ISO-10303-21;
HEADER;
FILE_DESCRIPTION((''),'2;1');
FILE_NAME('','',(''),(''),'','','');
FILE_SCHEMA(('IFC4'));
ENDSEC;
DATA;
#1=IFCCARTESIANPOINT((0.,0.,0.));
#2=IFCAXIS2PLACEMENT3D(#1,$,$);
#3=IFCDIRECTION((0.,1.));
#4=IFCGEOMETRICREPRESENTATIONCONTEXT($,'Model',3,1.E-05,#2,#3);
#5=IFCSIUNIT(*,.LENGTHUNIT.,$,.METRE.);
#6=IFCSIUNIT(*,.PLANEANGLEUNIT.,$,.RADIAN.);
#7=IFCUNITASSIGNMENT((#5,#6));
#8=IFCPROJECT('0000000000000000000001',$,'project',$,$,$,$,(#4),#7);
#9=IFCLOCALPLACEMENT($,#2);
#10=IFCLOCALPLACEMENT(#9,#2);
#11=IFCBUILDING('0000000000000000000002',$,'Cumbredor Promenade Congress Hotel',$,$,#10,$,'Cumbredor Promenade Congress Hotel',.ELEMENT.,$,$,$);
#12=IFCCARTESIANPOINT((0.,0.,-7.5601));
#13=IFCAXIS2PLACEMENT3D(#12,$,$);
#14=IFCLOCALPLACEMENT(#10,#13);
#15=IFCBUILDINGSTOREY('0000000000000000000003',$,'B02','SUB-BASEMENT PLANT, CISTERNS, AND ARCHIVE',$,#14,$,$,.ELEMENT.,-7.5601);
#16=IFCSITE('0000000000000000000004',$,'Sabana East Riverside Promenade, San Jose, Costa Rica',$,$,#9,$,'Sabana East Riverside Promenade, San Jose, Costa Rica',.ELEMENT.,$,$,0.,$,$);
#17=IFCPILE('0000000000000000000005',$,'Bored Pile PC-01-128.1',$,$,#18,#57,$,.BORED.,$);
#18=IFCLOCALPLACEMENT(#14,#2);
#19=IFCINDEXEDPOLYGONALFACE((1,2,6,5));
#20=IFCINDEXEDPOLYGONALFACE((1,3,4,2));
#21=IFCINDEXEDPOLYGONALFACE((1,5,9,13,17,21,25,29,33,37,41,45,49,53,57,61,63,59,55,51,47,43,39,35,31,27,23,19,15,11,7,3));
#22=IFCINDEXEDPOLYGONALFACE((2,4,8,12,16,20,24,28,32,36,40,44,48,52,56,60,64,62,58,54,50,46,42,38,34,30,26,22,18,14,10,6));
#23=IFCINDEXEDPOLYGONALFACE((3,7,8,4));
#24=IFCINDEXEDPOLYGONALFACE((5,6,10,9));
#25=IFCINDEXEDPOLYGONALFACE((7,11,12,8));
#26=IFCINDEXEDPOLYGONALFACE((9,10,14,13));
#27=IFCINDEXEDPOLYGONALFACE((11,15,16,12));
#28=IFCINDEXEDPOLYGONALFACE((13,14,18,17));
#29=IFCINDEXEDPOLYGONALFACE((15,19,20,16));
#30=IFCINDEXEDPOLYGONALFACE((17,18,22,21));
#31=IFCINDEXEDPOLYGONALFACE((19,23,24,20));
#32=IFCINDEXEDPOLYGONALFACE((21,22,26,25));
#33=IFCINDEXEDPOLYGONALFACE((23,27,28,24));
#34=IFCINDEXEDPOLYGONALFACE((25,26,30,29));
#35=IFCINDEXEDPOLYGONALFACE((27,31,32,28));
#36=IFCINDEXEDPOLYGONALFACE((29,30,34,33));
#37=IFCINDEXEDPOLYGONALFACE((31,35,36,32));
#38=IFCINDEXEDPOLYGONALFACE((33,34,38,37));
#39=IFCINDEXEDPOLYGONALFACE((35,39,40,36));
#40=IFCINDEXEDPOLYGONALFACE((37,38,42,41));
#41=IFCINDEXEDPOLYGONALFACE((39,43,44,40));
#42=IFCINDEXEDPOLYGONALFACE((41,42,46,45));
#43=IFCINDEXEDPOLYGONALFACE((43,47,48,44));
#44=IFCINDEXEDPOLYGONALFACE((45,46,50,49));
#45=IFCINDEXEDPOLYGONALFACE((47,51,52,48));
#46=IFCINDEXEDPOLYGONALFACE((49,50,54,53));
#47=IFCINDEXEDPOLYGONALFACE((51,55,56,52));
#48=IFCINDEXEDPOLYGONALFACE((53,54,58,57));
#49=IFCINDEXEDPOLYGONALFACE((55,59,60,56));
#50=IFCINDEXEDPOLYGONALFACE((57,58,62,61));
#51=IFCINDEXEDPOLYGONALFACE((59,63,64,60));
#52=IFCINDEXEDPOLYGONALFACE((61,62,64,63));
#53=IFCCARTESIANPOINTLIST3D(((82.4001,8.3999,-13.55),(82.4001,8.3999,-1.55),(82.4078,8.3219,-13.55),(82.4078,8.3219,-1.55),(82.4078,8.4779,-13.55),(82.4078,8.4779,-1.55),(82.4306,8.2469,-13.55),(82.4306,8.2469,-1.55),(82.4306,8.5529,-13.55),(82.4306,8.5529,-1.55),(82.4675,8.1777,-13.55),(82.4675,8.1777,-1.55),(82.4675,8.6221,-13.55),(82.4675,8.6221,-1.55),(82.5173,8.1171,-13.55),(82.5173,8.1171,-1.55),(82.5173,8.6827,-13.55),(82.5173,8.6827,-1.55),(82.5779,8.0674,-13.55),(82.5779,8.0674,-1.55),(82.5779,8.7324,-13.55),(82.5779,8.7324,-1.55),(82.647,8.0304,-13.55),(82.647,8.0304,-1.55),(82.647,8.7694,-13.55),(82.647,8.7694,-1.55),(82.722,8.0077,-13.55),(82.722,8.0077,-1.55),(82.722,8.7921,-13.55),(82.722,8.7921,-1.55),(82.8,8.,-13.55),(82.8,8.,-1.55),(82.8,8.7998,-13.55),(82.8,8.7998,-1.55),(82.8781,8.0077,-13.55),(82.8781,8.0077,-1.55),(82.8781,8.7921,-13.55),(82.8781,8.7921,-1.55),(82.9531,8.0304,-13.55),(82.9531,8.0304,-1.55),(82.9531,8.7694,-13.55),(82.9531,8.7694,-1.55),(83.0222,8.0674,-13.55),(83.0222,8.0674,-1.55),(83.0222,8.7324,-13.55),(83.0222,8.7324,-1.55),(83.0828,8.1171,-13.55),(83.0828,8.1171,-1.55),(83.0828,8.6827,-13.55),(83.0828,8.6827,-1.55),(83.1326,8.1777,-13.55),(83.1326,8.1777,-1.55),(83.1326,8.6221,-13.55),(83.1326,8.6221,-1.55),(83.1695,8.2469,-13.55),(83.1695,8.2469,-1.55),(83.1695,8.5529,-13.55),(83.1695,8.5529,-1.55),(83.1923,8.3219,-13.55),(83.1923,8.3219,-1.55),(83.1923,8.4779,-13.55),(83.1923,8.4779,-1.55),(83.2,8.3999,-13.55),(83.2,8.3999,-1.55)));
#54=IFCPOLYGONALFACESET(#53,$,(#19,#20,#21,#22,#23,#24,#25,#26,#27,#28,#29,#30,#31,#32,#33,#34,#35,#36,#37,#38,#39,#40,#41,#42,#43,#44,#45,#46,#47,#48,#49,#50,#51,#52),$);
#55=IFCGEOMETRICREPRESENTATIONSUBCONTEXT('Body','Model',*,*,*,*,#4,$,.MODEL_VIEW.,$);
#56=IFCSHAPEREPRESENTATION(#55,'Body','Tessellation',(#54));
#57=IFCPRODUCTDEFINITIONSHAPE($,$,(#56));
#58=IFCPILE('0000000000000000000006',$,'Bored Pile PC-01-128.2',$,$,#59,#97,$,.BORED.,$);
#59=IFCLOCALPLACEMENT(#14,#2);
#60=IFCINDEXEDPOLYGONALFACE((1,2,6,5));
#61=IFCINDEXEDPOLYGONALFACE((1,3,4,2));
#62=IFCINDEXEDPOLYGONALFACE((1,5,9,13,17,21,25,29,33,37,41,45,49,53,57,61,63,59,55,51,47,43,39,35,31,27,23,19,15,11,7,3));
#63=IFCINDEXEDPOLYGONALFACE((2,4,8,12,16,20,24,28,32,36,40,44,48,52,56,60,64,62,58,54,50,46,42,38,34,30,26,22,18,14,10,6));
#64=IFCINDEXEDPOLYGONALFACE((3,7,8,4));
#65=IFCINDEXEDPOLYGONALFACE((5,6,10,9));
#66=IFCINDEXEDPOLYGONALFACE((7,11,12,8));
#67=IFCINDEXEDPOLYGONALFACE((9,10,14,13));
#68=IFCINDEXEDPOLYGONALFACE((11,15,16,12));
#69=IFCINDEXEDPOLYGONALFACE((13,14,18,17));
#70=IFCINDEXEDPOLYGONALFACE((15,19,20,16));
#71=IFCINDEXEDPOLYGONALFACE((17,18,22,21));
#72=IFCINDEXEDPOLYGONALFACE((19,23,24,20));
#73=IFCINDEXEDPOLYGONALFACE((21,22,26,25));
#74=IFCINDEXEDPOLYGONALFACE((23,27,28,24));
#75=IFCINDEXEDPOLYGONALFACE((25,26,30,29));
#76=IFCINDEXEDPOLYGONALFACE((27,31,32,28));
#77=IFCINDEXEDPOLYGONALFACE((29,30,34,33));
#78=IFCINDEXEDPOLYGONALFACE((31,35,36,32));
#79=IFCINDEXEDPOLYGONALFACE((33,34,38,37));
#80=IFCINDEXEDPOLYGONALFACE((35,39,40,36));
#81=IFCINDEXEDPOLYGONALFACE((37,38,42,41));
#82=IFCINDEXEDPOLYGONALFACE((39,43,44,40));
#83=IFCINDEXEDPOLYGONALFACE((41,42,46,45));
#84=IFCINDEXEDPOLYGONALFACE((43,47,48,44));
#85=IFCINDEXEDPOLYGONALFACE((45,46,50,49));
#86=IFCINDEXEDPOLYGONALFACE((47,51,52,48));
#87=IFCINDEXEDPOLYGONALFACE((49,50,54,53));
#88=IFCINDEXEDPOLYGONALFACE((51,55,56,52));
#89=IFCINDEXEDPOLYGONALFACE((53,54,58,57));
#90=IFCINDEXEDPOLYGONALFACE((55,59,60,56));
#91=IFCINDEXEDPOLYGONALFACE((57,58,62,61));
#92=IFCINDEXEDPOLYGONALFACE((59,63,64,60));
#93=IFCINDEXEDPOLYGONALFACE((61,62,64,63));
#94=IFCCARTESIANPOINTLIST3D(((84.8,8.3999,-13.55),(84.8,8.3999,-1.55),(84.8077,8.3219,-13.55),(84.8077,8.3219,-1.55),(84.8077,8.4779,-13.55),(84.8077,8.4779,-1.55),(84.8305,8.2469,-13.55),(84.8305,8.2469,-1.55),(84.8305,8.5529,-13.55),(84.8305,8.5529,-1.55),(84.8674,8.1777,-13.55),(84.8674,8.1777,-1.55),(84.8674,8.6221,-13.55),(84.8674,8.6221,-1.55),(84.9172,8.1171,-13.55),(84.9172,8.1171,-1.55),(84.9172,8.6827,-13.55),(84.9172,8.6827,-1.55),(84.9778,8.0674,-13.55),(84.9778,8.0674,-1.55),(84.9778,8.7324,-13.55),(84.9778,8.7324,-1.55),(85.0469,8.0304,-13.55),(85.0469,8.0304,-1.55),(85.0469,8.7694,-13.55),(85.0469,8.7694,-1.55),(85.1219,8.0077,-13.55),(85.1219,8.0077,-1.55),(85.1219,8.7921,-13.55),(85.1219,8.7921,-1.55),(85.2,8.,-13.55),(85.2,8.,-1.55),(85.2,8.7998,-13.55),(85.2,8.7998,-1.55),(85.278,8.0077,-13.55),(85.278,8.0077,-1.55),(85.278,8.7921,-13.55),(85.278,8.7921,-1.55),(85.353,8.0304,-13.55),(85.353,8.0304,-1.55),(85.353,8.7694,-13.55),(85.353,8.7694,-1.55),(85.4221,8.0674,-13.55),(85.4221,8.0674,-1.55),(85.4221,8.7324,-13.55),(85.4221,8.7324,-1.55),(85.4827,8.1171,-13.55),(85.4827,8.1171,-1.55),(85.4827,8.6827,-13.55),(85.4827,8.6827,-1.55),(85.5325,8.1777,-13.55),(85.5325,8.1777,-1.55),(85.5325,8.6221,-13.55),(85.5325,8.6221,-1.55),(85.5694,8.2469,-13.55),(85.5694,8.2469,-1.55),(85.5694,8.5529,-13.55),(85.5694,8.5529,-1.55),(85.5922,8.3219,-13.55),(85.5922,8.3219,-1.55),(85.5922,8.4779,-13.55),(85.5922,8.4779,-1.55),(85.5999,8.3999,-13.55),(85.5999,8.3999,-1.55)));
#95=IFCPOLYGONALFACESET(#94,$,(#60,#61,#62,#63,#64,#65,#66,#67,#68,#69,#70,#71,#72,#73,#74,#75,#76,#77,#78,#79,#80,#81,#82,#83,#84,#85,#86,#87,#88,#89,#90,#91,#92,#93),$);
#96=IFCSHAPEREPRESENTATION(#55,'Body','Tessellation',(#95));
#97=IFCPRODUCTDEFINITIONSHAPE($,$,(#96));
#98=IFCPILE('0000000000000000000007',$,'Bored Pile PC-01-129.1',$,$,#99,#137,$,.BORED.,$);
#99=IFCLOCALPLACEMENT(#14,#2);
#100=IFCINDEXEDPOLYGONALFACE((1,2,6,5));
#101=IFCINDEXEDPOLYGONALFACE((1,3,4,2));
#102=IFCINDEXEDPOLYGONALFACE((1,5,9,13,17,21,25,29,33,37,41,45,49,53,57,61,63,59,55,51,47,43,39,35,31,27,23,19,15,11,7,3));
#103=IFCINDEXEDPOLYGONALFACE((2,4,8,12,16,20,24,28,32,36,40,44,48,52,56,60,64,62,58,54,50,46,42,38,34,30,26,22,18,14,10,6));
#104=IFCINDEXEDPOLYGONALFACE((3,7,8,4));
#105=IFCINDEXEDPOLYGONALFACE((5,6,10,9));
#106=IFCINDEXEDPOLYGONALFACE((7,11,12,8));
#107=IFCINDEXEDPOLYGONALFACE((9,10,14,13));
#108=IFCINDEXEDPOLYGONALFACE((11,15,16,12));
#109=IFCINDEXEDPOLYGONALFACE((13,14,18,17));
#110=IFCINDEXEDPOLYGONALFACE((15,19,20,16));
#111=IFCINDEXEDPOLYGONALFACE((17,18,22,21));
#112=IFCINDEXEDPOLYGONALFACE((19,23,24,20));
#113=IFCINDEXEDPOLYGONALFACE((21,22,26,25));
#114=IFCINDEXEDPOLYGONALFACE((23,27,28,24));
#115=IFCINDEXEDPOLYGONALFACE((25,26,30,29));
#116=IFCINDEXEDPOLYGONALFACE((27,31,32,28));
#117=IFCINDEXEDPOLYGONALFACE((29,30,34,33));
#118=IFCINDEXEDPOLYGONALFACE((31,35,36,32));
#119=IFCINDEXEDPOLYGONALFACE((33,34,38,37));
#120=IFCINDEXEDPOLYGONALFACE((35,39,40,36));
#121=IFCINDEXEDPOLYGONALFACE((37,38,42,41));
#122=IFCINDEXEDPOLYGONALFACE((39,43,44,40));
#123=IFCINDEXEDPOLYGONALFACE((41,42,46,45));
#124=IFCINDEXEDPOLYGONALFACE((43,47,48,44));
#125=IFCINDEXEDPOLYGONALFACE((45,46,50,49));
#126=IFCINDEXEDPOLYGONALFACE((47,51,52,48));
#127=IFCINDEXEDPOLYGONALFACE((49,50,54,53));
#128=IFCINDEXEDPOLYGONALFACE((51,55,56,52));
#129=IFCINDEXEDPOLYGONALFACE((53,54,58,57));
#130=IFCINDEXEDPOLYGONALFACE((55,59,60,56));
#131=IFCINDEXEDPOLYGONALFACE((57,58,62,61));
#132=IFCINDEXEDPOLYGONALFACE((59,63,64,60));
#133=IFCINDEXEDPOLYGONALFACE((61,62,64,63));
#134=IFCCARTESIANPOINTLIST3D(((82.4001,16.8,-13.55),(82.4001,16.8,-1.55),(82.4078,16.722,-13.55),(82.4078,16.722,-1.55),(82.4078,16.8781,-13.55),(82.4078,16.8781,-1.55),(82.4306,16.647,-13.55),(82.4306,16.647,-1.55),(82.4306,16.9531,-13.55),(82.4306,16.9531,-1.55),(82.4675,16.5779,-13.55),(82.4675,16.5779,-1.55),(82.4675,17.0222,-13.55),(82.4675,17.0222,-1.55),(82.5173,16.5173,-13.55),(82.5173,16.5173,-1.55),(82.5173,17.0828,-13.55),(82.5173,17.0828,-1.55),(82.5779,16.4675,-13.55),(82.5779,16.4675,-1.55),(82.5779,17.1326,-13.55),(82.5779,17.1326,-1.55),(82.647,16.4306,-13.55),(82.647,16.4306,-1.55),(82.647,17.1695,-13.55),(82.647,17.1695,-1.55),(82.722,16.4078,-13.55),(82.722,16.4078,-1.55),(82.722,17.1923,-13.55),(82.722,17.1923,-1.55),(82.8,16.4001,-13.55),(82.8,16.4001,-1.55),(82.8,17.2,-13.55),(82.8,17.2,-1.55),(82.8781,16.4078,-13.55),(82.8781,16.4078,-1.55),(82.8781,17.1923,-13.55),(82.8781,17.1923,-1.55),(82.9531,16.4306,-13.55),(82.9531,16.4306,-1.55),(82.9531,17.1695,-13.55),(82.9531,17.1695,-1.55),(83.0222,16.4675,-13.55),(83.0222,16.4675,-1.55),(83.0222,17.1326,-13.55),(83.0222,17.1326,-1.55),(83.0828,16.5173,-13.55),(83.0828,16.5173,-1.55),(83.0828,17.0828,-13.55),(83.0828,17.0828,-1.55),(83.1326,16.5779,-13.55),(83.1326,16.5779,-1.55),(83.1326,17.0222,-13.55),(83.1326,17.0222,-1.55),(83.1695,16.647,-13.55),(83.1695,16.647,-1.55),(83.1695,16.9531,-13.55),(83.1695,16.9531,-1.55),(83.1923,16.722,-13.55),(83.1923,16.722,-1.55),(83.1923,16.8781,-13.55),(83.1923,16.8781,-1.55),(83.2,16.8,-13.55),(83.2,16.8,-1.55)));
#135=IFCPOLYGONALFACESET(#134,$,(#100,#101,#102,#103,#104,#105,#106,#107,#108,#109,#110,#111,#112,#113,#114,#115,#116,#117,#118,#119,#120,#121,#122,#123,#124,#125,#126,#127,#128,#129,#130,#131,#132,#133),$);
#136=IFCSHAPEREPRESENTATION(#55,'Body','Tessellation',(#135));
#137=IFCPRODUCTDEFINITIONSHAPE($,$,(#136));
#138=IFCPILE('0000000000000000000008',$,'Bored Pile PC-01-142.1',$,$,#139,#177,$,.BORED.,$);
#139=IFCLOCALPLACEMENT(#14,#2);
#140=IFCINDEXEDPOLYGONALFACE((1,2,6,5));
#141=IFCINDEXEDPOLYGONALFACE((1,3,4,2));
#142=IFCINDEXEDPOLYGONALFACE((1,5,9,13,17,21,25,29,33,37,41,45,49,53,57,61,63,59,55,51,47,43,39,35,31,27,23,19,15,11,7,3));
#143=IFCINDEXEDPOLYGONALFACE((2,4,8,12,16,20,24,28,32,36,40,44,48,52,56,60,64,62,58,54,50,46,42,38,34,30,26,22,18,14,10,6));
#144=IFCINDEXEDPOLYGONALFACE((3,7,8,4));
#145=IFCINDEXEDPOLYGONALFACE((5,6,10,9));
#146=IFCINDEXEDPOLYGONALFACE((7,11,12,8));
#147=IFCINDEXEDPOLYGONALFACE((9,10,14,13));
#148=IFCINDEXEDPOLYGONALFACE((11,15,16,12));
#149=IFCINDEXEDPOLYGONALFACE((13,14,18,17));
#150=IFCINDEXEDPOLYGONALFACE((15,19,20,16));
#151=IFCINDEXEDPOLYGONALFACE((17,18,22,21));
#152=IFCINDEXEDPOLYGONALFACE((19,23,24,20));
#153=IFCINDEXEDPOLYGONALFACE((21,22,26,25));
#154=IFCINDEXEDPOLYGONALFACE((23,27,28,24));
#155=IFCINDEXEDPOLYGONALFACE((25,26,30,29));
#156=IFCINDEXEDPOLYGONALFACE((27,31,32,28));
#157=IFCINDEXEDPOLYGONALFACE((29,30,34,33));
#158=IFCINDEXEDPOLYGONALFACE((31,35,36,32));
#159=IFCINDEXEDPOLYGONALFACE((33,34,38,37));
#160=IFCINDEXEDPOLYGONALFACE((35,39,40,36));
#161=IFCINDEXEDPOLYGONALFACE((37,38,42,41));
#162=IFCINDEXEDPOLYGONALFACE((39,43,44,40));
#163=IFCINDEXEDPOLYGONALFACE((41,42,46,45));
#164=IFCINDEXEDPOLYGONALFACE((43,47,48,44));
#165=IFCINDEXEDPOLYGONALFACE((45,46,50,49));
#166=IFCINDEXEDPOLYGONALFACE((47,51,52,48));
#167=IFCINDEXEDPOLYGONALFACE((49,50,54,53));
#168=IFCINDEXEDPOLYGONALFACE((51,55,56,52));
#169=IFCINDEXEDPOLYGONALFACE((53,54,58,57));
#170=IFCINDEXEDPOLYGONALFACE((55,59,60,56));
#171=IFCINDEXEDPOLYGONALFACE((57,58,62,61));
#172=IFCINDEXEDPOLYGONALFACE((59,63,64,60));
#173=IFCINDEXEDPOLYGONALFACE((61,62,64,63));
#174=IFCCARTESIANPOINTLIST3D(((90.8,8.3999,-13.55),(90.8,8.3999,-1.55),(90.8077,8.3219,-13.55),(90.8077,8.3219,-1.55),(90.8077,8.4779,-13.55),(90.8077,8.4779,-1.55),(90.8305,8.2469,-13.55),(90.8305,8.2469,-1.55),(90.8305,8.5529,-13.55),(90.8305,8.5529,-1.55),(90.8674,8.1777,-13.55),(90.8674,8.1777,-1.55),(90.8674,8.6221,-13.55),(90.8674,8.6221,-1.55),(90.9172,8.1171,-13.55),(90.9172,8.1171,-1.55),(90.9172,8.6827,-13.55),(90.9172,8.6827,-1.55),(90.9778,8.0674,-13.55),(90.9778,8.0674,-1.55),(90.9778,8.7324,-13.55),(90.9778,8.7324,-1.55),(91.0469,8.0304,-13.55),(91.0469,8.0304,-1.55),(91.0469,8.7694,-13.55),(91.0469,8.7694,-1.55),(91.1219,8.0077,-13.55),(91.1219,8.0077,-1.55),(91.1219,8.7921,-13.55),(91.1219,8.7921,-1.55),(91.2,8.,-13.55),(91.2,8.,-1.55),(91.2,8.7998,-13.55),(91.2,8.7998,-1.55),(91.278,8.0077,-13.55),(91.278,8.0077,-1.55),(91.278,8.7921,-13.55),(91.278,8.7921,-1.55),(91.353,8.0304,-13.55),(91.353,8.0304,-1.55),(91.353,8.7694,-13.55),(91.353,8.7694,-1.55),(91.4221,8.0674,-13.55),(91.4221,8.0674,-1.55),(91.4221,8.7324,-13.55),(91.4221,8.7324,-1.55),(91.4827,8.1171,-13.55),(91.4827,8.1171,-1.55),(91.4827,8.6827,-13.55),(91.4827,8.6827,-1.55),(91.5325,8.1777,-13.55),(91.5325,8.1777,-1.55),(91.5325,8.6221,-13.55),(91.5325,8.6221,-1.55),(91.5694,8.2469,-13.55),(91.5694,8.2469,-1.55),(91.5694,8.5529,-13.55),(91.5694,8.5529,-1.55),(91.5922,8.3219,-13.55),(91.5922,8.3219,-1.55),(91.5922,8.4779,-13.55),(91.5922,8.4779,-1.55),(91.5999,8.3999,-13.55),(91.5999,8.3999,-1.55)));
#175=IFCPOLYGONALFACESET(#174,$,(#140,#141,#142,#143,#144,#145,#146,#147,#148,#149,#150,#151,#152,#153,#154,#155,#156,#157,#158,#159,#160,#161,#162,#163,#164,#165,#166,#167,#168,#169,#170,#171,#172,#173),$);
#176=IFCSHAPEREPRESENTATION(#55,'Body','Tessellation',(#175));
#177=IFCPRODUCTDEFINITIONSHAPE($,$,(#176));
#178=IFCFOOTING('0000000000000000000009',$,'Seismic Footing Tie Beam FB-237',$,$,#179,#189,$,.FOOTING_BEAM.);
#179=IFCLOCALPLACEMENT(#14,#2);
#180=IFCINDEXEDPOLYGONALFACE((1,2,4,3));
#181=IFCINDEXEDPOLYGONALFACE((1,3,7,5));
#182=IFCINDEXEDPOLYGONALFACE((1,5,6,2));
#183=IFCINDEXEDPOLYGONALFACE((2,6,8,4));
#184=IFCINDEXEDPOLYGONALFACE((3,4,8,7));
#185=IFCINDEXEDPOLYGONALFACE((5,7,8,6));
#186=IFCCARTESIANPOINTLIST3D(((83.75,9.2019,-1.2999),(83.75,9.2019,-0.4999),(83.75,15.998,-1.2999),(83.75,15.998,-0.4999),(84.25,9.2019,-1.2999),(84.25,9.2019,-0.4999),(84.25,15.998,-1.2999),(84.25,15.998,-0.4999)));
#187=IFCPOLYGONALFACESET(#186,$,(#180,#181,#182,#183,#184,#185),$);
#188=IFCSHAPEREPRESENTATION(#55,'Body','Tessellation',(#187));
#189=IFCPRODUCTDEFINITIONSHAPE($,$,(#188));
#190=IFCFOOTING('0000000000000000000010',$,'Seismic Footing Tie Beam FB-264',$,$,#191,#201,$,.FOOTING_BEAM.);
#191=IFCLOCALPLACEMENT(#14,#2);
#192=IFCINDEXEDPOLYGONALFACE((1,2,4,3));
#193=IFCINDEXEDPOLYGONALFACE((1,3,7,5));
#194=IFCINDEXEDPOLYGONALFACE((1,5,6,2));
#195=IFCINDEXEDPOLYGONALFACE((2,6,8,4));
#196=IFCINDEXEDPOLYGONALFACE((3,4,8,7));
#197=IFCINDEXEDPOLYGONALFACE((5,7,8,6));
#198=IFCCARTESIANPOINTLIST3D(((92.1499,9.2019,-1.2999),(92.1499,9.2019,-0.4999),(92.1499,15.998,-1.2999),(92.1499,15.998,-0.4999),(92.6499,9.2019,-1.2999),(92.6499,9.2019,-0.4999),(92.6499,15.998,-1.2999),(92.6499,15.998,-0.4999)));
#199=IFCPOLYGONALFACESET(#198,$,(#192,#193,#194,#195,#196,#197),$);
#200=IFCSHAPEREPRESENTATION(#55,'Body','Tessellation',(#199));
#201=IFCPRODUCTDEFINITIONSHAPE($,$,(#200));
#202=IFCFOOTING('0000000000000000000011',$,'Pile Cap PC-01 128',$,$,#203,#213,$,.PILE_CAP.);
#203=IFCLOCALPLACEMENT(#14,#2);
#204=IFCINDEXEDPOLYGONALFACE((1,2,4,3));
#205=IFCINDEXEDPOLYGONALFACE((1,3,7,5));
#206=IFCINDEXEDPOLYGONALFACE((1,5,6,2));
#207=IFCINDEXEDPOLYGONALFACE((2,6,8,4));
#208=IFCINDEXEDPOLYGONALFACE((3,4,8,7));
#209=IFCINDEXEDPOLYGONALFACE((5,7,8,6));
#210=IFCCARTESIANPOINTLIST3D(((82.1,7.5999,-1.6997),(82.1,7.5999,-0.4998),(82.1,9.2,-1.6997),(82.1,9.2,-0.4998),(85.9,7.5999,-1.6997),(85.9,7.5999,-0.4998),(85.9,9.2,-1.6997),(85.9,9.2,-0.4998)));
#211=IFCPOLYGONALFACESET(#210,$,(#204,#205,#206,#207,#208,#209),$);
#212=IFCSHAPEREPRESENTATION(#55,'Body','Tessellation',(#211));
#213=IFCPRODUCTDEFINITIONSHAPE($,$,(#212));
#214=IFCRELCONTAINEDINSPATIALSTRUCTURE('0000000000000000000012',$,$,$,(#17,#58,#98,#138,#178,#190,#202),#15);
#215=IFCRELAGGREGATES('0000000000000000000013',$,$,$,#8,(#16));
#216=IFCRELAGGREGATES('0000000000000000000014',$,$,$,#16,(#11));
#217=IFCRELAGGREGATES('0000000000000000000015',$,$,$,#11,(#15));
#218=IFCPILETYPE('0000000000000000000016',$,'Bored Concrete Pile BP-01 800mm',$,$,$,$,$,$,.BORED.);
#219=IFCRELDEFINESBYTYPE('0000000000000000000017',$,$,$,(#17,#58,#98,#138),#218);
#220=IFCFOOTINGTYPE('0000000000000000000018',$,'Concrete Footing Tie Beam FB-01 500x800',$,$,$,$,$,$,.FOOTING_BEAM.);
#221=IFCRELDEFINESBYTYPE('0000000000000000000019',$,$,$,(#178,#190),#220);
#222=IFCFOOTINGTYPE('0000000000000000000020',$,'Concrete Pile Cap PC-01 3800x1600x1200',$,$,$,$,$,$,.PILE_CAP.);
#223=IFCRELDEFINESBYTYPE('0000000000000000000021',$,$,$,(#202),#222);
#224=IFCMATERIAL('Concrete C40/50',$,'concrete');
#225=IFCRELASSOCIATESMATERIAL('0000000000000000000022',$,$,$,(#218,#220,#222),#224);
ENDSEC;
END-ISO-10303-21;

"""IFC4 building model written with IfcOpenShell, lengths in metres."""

from ifc_helpers import new_model, si_unit, direction, frame, origin, origin_2d, place, context, subcontext, project, spatial, rectangle, circle, extrude, material, material_profile, profile_set, type_object, element, save


model = new_model("IFC4")

# Units and contexts
model_context = context("Model", 3, precision=1e-05, world=origin(), true_north=direction((0.0, 1.0)))
body_context = subcontext(model_context, "Body", "Model", "MODEL_VIEW")
ifc_project = project(units=[si_unit("LENGTHUNIT", "METRE"), si_unit("PLANEANGLEUNIT", "RADIAN")], contexts=[model_context])

# Site, building, storey
site_placement = place(None, origin())
site = spatial("IfcSite", under=ifc_project, at=site_placement, Name="Sabana East Riverside Promenade, San Jose, Costa Rica", LongName="Sabana East Riverside Promenade, San Jose, Costa Rica", CompositionType="ELEMENT", RefElevation=0.0)
building_placement = place(site_placement, origin())
building = spatial("IfcBuilding", under=site, at=building_placement, Name="Cumbredor Promenade Congress Hotel", LongName="Cumbredor Promenade Congress Hotel", CompositionType="ELEMENT")
storey_placement = place(building_placement, frame((0.0, 0.0, -7.5601)))
storey = spatial("IfcBuildingStorey", under=building, at=storey_placement, Name="B02", Description="SUB-BASEMENT PLANT, CISTERNS, AND ARCHIVE", CompositionType="ELEMENT", Elevation=-7.5601)

# Piles
ifc_material_1 = material(Name="Concrete C40/50", Category="concrete")
ifc_material_profile_1 = material_profile(ifc_material_1, circle(Radius=0.3999, at=origin_2d()), Name="PILE D800")
ifc_profile_set_1 = profile_set([ifc_material_profile_1], Name="Concrete C40/50")
pile_type = type_object("IfcPileType", Name="Bored Concrete Pile BP-01 800mm", PredefinedType="BORED", material=ifc_profile_set_1)
for number, where, z_axis, x_axis, name in (
    (1, (82.8, 8.3999, -1.55), (0.0, 0.0, -1.0), (1.0, 0.0, 0.0), "Bored Pile PC-01-128.1"),
    (2, (85.2, 8.3999, -1.55), (0.0, 0.0, -1.0), (1.0, 0.0, 0.0), "Bored Pile PC-01-128.2"),
    (3, (82.8, 16.8, -1.55), (0.0, 0.0, -1.0), (1.0, 0.0, 0.0), "Bored Pile PC-01-129.1"),
    (4, (91.2, 8.3999, -1.55), (0.0, 0.0, -1.0), (1.0, 0.0, 0.0), "Bored Pile PC-01-142.1"),
):
    element("IfcPile", number, at=place(storey_placement, frame(where, z_axis=z_axis, x_axis=x_axis)), inside=storey, type_object=pile_type, Name=name, PredefinedType="BORED", context=body_context, shape_type="SweptSolid", body=[
        extrude(circle(Radius=0.3999, at=origin_2d()), origin(), (0.0, 0.0, 1.0), 12.0),
    ])

# Footings
ifc_material_profile_2 = material_profile(ifc_material_1, rectangle(XDim=0.5, YDim=0.8, at=origin_2d()), Name="FB 500x800")
ifc_profile_set_2 = profile_set([ifc_material_profile_2], Name="Concrete C40/50")
footing_type_1 = type_object("IfcFootingType", Name="Concrete Footing Tie Beam FB-01 500x800", PredefinedType="FOOTING_BEAM", material=ifc_profile_set_2)
for number, where, z_axis, x_axis, name in (
    (5, (84.0, 9.2019, -0.8999), (0.0, 1.0, 0.0), (-1.0, 0.0, 0.0), "Seismic Footing Tie Beam FB-237"),
    (6, (92.3999, 9.2019, -0.8999), (0.0, 1.0, 0.0), (-1.0, 0.0, 0.0), "Seismic Footing Tie Beam FB-264"),
):
    element("IfcFooting", number, at=place(storey_placement, frame(where, z_axis=z_axis, x_axis=x_axis)), inside=storey, type_object=footing_type_1, Name=name, PredefinedType="FOOTING_BEAM", context=body_context, shape_type="SweptSolid", body=[
        extrude(rectangle(XDim=0.5, YDim=0.8, at=origin_2d()), origin(), (0.0, 0.0, 1.0), 6.7961),
    ])
footing_type_2 = type_object("IfcFootingType", Name="Concrete Pile Cap PC-01 3800x1600x1200", PredefinedType="PILE_CAP", material=ifc_material_1)
for number, where, z_axis, x_axis, name in (
    (7, (84.0, 8.3999, -1.6997), (0.0, 0.0, 1.0), (1.0, 0.0, 0.0), "Pile Cap PC-01 128"),
):
    element("IfcFooting", number, at=place(storey_placement, frame(where, z_axis=z_axis, x_axis=x_axis)), inside=storey, type_object=footing_type_2, Name=name, PredefinedType="PILE_CAP", context=body_context, shape_type="SweptSolid", body=[
        extrude(rectangle(XDim=3.8, YDim=1.6001, at=origin_2d()), origin(), (0.0, 0.0, 1.0), 1.2),
    ])

save(model, "model.ifc")
